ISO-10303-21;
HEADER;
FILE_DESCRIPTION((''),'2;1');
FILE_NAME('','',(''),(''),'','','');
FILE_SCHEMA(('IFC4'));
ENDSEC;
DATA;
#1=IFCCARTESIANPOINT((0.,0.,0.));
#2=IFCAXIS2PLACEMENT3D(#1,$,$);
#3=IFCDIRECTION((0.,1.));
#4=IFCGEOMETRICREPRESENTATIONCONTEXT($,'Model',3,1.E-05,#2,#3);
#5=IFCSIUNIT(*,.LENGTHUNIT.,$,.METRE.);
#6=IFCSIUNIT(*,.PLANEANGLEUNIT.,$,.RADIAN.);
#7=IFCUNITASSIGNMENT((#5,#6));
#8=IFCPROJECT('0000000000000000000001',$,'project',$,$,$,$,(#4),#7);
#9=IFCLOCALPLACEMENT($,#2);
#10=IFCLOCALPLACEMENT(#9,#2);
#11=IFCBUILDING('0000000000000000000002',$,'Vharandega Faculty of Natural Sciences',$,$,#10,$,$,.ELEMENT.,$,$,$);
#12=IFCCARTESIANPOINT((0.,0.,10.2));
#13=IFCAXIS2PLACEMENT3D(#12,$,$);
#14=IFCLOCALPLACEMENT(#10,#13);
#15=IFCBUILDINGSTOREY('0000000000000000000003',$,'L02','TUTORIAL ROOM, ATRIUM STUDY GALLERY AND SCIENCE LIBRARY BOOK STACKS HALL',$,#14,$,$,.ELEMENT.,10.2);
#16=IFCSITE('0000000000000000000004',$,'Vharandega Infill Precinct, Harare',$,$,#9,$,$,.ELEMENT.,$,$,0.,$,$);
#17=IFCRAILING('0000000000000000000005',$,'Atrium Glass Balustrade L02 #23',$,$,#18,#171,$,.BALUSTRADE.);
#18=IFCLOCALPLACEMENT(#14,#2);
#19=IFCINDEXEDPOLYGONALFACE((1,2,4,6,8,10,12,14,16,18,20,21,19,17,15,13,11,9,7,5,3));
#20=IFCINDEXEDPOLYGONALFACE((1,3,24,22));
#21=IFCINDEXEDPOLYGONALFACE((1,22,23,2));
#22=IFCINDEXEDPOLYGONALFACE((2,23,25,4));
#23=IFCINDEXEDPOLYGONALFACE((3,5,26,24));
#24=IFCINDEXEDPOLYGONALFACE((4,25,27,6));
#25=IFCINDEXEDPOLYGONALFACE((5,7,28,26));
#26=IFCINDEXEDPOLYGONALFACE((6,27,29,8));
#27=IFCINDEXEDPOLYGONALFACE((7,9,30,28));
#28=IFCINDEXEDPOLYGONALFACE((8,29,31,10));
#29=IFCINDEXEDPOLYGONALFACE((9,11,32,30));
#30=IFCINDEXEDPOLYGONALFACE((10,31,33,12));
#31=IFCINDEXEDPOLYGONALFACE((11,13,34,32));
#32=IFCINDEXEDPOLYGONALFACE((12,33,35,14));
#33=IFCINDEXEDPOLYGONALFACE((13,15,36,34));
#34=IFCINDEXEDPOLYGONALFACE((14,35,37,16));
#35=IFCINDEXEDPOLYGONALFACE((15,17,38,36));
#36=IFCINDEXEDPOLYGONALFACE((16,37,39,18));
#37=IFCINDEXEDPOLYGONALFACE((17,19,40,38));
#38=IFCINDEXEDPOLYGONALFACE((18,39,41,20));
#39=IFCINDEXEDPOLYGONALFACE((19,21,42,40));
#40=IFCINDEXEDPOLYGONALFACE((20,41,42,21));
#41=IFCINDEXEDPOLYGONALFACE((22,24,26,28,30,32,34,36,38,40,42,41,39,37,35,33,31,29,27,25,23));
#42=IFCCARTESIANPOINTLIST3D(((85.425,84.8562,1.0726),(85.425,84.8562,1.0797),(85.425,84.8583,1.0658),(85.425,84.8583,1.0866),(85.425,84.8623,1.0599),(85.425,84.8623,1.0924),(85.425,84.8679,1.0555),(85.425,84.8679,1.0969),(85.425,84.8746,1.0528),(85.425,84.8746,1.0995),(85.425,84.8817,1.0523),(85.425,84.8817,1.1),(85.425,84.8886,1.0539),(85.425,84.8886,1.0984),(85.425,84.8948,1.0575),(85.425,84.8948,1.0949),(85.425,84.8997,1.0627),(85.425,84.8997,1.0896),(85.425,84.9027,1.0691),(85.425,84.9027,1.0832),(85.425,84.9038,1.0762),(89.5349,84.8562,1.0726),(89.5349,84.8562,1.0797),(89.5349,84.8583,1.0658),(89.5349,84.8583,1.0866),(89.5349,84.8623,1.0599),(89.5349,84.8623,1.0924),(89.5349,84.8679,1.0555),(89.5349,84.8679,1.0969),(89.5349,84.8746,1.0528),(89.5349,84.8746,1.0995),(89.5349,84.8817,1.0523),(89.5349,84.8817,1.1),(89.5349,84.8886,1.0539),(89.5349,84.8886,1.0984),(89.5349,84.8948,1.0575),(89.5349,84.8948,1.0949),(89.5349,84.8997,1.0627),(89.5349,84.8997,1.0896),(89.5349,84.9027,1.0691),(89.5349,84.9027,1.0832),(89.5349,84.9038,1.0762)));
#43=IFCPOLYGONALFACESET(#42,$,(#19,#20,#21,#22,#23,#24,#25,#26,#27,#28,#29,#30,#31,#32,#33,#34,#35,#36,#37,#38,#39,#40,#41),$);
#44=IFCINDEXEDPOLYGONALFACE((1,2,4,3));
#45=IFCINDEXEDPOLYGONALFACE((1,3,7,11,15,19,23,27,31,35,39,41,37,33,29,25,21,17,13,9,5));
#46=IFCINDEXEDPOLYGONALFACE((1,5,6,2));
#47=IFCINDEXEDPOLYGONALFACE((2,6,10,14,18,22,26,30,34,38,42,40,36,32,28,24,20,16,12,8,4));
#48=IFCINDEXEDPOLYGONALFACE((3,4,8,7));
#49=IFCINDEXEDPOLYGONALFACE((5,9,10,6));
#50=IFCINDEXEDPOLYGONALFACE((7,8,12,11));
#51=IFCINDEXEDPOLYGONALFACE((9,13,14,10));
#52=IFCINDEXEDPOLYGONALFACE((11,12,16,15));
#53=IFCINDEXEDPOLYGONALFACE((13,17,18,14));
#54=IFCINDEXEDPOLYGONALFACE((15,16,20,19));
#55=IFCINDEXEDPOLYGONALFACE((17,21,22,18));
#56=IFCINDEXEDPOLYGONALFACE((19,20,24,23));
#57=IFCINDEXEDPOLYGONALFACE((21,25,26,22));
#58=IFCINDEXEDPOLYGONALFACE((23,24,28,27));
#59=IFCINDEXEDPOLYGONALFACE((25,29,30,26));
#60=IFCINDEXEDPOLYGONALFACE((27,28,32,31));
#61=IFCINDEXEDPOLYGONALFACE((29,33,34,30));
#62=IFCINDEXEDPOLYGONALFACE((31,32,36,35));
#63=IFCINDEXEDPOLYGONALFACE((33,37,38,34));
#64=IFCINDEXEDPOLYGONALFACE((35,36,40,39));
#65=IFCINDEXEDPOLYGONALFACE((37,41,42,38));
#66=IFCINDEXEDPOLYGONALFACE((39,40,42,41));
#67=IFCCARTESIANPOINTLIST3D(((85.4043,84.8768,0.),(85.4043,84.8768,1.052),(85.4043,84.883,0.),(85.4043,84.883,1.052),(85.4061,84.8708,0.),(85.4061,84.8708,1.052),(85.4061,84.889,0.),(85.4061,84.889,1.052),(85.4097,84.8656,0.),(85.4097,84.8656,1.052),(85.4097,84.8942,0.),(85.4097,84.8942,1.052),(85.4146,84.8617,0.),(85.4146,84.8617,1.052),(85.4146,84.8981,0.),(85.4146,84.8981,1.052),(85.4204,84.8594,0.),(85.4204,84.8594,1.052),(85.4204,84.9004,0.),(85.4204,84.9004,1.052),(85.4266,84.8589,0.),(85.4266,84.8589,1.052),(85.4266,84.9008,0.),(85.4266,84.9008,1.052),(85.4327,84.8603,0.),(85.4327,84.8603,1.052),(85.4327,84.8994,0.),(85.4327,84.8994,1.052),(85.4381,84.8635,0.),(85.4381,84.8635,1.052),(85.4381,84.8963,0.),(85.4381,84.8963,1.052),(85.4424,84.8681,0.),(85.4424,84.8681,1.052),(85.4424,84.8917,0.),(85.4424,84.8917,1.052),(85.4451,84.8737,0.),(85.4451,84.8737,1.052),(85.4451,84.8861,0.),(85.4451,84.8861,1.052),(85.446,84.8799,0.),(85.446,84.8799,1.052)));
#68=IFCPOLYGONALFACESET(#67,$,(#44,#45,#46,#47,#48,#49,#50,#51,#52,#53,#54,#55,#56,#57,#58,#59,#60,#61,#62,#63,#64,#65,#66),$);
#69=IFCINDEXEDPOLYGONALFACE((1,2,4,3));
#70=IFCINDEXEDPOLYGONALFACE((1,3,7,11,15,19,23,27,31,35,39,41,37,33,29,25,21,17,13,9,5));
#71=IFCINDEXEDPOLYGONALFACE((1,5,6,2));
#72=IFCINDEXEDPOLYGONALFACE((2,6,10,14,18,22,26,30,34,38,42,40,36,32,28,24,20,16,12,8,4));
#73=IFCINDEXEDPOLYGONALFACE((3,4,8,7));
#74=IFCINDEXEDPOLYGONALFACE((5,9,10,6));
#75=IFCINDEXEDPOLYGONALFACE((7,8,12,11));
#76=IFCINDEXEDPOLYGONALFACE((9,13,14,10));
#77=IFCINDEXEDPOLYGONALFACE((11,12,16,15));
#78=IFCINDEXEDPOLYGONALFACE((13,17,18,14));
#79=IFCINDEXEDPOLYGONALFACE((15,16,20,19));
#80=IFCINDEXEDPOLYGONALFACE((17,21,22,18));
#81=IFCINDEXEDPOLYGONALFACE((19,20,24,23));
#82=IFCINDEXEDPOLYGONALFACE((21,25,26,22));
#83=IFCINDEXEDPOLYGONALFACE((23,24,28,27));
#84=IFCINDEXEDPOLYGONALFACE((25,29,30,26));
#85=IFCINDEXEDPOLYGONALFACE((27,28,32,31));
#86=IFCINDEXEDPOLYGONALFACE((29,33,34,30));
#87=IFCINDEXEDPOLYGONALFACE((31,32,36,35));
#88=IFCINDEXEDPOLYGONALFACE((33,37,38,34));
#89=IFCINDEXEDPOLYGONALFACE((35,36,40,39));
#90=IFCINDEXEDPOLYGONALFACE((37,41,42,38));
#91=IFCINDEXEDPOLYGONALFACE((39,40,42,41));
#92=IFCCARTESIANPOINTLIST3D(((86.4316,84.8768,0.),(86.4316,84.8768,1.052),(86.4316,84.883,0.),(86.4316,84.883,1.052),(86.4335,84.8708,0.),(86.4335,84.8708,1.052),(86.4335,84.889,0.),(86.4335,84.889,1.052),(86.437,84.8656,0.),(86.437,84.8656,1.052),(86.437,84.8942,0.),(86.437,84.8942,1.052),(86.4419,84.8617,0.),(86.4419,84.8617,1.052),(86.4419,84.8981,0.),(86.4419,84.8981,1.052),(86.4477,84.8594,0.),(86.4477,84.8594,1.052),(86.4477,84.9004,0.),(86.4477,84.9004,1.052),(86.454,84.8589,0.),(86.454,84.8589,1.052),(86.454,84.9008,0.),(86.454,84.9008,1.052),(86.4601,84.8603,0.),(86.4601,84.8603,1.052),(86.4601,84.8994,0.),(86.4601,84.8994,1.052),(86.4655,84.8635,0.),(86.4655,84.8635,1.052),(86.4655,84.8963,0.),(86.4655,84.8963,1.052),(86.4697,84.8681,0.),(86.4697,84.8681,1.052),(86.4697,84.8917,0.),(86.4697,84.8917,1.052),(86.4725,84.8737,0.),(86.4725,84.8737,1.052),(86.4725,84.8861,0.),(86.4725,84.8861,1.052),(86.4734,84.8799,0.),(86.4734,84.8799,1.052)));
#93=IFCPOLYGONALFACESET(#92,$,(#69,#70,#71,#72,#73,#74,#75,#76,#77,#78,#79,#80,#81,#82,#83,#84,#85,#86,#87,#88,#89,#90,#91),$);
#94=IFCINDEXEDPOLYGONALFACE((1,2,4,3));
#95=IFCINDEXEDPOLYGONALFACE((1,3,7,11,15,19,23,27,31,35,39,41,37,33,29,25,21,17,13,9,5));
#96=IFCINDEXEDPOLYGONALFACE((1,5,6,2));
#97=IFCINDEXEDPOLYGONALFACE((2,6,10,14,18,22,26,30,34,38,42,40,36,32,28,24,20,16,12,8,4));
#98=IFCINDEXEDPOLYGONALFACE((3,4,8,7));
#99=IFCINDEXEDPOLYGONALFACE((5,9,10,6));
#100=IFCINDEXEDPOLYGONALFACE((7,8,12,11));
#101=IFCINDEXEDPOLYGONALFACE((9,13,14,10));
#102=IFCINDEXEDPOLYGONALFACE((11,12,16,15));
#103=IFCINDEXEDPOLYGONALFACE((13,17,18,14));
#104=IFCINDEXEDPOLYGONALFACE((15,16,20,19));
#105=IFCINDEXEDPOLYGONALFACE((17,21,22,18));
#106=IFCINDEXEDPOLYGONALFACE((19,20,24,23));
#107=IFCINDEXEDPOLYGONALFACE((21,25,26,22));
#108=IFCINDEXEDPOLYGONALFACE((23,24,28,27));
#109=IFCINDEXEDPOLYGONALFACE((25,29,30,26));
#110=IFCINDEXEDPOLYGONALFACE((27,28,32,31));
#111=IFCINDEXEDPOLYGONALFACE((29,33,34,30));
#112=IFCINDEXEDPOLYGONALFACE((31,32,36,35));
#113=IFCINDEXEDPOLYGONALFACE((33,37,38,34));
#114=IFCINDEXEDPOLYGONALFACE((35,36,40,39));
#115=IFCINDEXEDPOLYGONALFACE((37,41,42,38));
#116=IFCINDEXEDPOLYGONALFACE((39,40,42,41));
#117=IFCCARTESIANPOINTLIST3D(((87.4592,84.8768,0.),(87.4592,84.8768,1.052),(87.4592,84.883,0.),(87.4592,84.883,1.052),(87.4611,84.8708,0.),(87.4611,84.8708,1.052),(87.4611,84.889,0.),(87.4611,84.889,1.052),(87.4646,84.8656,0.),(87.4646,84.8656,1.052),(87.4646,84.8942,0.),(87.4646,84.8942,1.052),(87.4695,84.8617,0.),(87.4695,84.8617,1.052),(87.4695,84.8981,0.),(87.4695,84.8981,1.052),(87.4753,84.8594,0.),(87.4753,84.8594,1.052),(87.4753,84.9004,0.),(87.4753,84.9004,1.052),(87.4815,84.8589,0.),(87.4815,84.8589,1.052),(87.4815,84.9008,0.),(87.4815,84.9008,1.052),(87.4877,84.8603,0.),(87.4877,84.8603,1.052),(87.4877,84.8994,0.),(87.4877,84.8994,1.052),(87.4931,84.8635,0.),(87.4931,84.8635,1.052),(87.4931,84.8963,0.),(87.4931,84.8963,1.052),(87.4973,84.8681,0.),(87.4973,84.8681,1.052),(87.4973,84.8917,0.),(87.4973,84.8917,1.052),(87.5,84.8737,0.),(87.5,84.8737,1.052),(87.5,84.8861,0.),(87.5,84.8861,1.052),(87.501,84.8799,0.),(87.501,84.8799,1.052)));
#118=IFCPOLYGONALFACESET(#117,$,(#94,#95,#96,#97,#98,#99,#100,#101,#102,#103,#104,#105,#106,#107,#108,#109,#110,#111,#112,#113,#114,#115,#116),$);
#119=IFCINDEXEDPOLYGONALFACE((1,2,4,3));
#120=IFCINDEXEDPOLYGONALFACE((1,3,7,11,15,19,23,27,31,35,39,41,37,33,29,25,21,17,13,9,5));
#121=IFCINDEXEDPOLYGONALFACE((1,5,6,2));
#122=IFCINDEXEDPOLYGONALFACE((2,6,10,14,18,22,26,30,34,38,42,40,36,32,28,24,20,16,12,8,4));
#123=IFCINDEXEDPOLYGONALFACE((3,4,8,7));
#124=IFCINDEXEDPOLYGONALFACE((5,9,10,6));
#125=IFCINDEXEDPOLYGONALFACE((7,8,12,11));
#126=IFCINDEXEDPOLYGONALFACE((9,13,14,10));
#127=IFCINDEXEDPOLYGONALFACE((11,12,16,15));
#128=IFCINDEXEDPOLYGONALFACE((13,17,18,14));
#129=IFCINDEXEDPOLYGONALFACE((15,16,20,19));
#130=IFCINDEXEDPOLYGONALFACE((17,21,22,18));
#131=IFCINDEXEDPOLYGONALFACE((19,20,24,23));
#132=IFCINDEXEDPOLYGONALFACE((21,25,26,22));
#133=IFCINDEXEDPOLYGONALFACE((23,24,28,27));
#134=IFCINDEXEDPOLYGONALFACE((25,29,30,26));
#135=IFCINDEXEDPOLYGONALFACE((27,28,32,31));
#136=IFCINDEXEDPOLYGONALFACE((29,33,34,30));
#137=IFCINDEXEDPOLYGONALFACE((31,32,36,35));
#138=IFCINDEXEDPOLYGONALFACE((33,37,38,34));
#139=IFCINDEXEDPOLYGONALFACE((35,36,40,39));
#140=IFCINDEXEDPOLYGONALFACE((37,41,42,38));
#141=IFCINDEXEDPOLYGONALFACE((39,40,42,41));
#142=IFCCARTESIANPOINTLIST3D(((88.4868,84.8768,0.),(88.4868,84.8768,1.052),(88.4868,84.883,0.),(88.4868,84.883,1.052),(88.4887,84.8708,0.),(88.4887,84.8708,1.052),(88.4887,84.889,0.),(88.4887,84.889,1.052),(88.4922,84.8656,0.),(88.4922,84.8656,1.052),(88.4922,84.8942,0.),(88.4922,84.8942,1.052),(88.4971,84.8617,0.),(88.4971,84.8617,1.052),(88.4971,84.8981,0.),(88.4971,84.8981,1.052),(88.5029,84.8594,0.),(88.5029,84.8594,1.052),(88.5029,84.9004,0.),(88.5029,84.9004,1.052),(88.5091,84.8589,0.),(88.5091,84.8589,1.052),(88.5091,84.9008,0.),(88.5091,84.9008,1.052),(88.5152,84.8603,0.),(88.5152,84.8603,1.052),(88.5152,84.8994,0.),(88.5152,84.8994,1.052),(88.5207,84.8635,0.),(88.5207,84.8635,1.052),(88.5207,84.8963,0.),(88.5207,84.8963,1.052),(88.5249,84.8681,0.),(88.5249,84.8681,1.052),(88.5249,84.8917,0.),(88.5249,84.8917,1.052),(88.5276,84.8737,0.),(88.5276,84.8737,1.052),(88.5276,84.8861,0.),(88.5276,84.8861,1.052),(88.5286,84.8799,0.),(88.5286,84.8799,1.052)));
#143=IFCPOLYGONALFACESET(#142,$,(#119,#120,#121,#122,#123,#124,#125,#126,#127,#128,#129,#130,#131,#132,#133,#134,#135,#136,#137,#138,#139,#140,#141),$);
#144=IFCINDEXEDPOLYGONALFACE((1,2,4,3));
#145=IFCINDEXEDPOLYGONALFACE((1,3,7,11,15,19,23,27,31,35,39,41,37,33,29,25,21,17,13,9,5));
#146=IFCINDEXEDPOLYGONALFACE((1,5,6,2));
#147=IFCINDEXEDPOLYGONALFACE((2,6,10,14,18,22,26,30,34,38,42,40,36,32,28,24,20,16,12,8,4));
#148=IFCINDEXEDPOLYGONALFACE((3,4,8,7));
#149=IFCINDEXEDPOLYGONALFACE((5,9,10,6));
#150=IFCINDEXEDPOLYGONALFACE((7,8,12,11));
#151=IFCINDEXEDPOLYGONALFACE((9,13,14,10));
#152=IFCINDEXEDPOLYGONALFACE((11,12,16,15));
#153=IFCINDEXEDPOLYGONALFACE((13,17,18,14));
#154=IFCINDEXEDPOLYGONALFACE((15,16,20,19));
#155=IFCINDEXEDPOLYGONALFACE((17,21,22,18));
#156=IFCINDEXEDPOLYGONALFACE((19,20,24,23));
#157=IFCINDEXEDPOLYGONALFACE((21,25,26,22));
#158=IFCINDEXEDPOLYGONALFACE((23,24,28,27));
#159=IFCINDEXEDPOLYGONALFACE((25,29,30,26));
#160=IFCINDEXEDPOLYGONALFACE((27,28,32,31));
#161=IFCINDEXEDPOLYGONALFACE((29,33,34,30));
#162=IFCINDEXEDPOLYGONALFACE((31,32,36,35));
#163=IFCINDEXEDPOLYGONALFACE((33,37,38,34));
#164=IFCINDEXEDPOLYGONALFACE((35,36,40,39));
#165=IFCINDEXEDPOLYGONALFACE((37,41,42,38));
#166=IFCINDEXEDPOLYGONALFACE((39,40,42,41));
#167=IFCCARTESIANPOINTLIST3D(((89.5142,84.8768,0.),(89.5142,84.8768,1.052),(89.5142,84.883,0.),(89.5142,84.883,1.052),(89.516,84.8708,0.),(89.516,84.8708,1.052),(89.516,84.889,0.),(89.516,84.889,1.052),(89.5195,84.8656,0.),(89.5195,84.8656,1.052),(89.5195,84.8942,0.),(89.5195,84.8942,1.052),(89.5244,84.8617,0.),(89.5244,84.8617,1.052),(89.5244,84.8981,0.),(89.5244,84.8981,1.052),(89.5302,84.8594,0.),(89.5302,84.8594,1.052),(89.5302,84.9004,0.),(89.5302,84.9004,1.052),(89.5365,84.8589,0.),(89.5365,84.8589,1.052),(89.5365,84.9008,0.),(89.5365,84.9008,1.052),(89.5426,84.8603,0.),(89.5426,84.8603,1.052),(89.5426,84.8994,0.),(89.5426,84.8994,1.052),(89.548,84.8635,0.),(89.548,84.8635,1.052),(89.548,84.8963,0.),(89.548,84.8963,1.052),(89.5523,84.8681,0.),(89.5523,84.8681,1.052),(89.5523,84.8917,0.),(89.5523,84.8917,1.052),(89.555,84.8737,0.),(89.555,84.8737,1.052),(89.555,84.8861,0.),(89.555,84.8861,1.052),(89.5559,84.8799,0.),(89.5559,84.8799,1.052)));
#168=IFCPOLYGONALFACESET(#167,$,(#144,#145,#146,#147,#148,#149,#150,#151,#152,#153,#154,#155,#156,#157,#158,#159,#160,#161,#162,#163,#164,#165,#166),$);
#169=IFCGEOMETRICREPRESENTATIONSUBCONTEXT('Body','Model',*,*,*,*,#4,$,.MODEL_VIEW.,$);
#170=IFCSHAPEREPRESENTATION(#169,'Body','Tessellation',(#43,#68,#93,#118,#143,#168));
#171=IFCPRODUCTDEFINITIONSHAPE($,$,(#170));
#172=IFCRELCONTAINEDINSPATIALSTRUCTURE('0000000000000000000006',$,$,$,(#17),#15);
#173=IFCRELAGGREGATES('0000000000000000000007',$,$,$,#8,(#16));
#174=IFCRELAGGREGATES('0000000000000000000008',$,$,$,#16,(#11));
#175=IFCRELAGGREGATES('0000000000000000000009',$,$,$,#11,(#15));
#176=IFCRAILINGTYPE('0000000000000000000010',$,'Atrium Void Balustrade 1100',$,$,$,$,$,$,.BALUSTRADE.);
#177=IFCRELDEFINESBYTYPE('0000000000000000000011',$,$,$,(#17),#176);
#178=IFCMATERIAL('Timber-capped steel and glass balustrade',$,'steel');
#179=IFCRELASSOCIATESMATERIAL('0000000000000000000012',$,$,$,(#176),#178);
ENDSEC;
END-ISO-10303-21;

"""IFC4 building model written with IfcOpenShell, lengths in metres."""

from ifc_helpers import new_model, si_unit, direction, frame, origin, origin_2d, place, context, subcontext, project, spatial, circle, extrude, material, type_object, element, save


model = new_model("IFC4")

# Units and contexts
model_context = context("Model", 3, precision=1e-05, world=origin(), true_north=direction((0.0, 1.0)))
body_context = subcontext(model_context, "Body", "Model", "MODEL_VIEW")
ifc_project = project(units=[si_unit("LENGTHUNIT", "METRE"), si_unit("PLANEANGLEUNIT", "RADIAN")], contexts=[model_context])

# Site, building, storey
site_placement = place(None, origin())
site = spatial("IfcSite", under=ifc_project, at=site_placement, Name="Vharandega Infill Precinct, Harare", CompositionType="ELEMENT", RefElevation=0.0)
building_placement = place(site_placement, origin())
building = spatial("IfcBuilding", under=site, at=building_placement, Name="Vharandega Faculty of Natural Sciences", CompositionType="ELEMENT")
storey_placement = place(building_placement, frame((0.0, 0.0, 10.2)))
storey = spatial("IfcBuildingStorey", under=building, at=storey_placement, Name="L02", Description="TUTORIAL ROOM, ATRIUM STUDY GALLERY AND SCIENCE LIBRARY BOOK STACKS HALL", CompositionType="ELEMENT", Elevation=10.2)

# Railing
ifc_material_1 = material(Name="Timber-capped steel and glass balustrade", Category="steel")
railing_type = type_object("IfcRailingType", Name="Atrium Void Balustrade 1100", PredefinedType="BALUSTRADE", material=ifc_material_1)
railing_1_placement = place(storey_placement, frame((85.425, 84.8799, 0.0)))
element("IfcRailing", 1, at=railing_1_placement, inside=storey, type_object=railing_type, Name="Atrium Glass Balustrade L02 #23", PredefinedType="BALUSTRADE", context=body_context, shape_type="SweptSolid", body=[
    extrude(circle(Radius=0.0239, at=origin_2d()), frame((0.0, 0.0, 1.0762), z_axis=(1.0, 0.0, 0.0), x_axis=(0.0, 1.0, 0.0)), (0.0, 0.0, 1.0), 4.1099),
    extrude(circle(Radius=0.021, at=origin_2d()), origin(), (0.0, 0.0, 1.0), 1.052),
    extrude(circle(Radius=0.021, at=origin_2d()), frame((1.0273, 0.0, 0.0)), (0.0, 0.0, 1.0), 1.052),
    extrude(circle(Radius=0.021, at=origin_2d()), frame((2.0549, 0.0, 0.0)), (0.0, 0.0, 1.0), 1.052),
    extrude(circle(Radius=0.021, at=origin_2d()), frame((3.0825, 0.0, 0.0)), (0.0, 0.0, 1.0), 1.052),
    extrude(circle(Radius=0.021, at=origin_2d()), frame((4.1099, 0.0, 0.0)), (0.0, 0.0, 1.0), 1.052),
])

save(model, "model.ifc")
